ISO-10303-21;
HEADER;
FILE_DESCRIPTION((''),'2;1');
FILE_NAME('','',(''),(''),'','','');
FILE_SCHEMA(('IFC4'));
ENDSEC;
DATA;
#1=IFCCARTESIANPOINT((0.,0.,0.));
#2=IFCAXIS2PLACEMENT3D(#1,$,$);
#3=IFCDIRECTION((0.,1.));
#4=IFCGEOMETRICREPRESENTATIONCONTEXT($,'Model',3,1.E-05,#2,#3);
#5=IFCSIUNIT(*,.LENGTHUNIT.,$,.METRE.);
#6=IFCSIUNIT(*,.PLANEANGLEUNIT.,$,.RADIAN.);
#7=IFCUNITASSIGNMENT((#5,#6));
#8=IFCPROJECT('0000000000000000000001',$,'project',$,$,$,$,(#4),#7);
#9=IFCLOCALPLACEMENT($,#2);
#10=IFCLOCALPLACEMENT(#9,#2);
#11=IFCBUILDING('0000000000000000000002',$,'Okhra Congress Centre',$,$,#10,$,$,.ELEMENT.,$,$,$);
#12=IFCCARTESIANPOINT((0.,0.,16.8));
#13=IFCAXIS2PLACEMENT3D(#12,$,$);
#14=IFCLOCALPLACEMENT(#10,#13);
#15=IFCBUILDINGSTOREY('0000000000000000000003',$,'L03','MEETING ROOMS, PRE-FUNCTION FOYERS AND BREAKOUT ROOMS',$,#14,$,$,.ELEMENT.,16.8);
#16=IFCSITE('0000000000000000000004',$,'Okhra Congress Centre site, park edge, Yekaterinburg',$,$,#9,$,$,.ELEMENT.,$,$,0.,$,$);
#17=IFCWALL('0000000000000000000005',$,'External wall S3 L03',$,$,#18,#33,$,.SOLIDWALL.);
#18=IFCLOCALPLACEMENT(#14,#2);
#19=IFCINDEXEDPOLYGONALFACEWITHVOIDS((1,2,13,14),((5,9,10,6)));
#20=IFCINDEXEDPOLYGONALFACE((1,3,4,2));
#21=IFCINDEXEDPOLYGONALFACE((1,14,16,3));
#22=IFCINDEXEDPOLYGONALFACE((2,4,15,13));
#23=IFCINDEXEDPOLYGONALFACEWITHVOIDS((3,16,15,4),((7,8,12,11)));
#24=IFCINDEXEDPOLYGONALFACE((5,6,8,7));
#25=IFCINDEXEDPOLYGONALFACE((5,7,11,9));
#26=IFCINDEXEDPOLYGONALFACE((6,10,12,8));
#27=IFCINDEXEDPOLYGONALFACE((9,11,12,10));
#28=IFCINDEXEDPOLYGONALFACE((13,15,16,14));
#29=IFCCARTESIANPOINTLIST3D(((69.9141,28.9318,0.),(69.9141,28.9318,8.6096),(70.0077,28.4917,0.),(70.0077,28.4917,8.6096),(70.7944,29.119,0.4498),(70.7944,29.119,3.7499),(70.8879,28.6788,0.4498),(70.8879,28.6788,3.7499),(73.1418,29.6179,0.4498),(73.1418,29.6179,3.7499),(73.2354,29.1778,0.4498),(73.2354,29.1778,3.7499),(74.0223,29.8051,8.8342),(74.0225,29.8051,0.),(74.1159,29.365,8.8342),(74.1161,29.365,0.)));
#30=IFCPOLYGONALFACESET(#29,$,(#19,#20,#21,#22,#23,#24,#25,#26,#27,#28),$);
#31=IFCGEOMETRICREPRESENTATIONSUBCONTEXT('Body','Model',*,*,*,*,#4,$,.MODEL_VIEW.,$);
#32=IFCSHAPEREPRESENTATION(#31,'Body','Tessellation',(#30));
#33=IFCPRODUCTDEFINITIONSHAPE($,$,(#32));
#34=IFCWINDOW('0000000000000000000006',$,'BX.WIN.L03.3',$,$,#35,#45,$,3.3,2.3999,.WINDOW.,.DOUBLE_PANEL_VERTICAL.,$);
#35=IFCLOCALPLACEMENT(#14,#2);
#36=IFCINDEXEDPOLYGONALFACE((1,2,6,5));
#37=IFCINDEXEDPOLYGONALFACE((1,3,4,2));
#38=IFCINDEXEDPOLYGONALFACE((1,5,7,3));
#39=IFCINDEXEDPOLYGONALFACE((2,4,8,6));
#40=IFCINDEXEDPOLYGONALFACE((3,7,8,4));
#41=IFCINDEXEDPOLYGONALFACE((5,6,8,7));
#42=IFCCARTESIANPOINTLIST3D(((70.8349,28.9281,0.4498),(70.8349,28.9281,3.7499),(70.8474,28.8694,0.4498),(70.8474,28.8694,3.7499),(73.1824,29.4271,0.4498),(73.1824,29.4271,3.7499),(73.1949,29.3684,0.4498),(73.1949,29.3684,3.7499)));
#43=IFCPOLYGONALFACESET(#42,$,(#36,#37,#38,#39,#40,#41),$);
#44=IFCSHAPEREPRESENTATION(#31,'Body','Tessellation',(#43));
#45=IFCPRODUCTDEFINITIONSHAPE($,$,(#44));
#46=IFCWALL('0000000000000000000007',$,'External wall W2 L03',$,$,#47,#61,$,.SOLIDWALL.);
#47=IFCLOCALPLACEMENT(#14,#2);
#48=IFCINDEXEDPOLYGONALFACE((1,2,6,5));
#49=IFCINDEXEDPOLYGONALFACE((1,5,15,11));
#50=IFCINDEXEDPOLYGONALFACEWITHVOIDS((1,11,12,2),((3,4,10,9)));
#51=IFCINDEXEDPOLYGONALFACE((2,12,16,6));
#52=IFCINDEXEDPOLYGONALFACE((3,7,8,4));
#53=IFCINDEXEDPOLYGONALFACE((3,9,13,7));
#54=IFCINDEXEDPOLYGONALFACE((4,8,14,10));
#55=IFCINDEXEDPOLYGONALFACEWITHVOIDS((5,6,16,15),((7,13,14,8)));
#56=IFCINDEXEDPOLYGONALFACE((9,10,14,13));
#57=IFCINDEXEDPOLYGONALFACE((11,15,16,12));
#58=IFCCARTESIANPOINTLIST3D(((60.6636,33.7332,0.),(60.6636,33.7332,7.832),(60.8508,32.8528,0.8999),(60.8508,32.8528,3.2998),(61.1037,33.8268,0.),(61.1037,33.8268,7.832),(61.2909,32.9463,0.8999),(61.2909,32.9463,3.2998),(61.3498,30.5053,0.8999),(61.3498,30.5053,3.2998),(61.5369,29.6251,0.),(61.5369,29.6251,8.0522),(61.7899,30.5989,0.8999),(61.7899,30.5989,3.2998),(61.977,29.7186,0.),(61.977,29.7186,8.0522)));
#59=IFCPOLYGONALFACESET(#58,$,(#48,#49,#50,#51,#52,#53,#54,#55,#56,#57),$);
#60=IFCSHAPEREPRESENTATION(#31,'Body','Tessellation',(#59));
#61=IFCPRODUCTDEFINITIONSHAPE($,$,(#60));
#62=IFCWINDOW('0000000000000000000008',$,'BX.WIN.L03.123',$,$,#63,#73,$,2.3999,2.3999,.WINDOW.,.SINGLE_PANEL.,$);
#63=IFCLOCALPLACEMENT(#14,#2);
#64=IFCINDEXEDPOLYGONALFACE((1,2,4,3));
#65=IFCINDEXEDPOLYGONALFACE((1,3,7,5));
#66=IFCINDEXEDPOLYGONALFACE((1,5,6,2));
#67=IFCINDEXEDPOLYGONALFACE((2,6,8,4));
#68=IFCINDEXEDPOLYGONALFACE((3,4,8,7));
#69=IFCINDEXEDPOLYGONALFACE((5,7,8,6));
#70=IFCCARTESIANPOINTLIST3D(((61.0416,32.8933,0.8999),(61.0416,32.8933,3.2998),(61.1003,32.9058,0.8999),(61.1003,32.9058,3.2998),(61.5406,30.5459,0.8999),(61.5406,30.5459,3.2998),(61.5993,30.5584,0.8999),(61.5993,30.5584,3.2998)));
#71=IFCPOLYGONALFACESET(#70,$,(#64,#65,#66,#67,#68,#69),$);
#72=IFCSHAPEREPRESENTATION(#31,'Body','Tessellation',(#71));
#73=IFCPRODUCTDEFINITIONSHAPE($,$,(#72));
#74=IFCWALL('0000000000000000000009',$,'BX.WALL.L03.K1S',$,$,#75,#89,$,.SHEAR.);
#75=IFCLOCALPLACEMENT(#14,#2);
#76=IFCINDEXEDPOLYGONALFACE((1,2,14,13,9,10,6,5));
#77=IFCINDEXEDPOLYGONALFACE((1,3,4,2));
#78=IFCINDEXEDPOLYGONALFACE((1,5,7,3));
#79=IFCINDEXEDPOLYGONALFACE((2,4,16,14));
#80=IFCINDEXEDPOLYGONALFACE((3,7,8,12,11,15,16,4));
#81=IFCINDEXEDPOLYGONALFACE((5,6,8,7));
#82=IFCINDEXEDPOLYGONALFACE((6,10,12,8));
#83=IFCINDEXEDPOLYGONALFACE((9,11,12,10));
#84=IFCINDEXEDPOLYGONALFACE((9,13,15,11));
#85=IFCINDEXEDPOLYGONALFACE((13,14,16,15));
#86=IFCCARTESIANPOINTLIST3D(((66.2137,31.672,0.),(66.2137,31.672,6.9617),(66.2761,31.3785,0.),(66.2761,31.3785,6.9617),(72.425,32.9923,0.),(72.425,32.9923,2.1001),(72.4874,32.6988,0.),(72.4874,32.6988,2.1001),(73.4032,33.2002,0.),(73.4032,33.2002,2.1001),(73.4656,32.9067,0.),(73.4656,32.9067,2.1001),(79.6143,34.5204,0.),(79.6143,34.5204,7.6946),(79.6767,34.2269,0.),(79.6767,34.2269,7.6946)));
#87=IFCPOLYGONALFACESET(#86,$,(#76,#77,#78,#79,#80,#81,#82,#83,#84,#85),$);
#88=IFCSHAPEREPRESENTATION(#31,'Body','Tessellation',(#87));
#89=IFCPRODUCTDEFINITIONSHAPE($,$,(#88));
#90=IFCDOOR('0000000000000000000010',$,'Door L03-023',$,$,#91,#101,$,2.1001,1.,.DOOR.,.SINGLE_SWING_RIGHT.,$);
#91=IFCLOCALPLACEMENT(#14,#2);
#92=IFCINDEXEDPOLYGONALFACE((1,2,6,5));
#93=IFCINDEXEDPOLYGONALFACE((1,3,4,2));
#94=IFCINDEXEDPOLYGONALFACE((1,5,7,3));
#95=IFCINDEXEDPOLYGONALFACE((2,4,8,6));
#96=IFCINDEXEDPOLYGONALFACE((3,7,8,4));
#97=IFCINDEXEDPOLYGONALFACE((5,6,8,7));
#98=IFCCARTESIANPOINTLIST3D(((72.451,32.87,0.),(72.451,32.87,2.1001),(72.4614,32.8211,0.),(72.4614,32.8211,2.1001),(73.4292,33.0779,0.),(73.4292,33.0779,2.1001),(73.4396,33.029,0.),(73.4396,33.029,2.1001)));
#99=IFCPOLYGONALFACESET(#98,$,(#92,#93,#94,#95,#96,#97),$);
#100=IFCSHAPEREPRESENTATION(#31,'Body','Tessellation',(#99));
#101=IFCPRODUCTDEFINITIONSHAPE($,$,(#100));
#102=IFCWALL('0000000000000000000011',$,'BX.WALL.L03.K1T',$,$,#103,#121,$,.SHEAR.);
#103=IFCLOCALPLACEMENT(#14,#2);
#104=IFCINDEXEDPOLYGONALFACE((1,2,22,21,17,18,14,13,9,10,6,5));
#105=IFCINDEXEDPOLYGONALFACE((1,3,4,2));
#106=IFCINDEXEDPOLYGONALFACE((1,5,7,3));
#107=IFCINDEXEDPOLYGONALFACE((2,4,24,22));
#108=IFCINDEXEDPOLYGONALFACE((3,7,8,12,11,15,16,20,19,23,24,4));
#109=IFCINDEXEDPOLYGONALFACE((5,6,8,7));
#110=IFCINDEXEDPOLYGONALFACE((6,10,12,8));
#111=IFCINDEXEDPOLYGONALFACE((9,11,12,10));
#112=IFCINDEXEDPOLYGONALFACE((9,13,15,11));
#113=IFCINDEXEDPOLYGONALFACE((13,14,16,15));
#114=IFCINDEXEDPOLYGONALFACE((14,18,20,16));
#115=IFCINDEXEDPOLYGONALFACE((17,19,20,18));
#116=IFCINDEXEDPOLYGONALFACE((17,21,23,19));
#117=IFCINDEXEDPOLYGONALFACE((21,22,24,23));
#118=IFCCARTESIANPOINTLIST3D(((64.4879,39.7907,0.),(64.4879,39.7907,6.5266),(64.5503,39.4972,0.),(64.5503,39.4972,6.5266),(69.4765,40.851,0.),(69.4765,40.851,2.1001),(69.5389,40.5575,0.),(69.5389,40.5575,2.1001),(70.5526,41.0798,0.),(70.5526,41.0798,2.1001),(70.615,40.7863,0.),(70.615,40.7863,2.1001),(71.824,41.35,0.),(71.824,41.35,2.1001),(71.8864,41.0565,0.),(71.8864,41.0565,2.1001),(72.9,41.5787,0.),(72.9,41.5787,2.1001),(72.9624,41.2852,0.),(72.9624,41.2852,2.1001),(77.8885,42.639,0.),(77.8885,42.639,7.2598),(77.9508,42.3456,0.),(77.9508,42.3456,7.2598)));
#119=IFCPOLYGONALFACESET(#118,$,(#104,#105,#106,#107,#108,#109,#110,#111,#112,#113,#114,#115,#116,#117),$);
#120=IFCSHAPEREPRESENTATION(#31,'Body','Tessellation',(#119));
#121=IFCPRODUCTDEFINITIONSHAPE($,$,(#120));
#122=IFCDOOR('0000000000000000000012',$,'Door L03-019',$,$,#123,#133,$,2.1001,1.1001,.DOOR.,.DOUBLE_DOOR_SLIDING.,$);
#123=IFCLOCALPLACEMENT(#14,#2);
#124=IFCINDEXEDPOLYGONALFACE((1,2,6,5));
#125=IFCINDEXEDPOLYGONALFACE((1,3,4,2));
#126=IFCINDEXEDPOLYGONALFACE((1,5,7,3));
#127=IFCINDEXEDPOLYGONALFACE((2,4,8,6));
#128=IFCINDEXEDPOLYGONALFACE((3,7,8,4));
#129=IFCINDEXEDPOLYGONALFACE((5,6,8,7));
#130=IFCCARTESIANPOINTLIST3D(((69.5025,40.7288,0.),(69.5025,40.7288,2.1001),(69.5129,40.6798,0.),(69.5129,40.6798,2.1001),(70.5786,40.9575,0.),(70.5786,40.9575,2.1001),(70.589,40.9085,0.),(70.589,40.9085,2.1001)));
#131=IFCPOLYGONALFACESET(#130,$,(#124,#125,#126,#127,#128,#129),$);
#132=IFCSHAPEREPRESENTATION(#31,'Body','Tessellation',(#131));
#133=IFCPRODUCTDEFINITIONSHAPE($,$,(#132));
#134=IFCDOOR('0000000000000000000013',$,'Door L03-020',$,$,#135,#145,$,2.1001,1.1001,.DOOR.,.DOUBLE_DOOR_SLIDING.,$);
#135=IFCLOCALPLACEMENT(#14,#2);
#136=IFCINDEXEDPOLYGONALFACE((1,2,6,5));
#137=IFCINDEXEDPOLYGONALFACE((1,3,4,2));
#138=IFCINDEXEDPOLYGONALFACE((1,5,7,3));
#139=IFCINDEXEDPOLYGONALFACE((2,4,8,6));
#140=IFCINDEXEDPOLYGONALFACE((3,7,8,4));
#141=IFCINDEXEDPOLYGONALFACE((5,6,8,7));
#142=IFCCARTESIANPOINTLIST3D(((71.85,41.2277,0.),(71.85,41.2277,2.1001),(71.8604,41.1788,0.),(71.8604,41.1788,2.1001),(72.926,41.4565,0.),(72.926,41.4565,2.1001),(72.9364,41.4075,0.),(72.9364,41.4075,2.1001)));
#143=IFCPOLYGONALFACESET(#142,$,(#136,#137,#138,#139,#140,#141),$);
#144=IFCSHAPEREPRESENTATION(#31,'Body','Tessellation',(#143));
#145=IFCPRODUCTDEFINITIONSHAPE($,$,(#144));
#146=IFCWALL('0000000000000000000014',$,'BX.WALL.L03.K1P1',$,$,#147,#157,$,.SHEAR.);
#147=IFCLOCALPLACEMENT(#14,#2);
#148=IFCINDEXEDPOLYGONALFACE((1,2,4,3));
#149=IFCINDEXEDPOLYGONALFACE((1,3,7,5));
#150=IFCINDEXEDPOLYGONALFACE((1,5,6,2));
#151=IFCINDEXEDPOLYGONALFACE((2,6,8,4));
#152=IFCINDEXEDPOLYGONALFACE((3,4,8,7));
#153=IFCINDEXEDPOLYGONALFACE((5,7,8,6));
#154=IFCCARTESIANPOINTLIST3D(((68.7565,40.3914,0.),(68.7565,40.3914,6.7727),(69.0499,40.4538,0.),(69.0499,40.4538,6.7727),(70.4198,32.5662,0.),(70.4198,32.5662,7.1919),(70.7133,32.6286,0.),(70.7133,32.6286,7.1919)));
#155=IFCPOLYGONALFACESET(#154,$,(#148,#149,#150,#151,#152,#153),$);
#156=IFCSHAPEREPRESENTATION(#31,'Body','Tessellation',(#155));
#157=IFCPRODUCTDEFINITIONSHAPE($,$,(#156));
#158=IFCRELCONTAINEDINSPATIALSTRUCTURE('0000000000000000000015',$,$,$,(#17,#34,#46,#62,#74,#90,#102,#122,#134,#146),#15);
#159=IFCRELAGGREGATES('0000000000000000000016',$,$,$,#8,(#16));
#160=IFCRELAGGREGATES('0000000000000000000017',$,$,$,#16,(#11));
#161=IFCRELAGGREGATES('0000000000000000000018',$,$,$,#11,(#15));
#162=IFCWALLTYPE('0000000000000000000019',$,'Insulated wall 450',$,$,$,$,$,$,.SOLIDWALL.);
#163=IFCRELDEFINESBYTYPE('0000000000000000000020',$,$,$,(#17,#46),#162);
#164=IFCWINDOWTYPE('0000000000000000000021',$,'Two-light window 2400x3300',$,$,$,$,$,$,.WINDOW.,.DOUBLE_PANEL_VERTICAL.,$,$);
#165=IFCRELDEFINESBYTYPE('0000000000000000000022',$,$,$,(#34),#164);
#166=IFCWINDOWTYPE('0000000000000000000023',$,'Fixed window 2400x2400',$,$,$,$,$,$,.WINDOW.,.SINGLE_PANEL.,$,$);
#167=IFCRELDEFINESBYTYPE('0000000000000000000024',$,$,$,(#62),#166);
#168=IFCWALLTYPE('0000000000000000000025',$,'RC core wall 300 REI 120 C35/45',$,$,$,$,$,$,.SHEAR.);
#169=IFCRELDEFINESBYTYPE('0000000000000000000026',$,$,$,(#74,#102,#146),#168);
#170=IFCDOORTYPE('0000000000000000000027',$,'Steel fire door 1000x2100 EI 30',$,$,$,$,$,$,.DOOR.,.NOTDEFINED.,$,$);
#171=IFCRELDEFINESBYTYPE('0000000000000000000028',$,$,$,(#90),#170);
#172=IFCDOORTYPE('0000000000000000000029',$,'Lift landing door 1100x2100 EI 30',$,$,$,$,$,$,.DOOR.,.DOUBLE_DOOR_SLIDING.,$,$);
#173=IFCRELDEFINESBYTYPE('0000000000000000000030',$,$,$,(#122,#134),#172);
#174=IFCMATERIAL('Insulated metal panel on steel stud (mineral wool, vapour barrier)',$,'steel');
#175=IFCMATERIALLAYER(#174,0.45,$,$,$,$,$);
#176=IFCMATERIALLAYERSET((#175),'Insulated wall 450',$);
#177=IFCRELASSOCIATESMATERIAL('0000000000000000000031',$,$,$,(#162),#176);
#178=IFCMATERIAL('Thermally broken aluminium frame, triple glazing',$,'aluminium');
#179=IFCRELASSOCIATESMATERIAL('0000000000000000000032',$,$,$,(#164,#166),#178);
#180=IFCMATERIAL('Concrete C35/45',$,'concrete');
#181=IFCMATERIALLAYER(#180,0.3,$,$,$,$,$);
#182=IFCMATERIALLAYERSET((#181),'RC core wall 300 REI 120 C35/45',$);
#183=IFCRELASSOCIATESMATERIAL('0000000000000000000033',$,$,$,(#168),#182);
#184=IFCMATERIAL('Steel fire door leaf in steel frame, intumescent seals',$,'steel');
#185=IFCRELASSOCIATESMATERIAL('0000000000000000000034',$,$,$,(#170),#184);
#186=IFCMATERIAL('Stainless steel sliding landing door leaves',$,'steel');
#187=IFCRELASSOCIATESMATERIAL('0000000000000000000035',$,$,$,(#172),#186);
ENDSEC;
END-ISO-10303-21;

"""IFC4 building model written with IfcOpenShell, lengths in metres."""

from ifc_helpers import new_model, si_unit, direction, frame, frame_2d, origin, place, context, subcontext, project, spatial, polyline, rectangle, outline, extrude, material, layer, layer_set, type_object, element, fill, save


model = new_model("IFC4")

# Units and contexts
model_context = context("Model", 3, precision=1e-05, world=origin(), true_north=direction((0.0, 1.0)))
body_context = subcontext(model_context, "Body", "Model", "MODEL_VIEW")
ifc_project = project(units=[si_unit("LENGTHUNIT", "METRE"), si_unit("PLANEANGLEUNIT", "RADIAN")], contexts=[model_context])

# Site, building, storey
site_placement = place(None, origin())
site = spatial("IfcSite", under=ifc_project, at=site_placement, Name="Okhra Congress Centre site, park edge, Yekaterinburg", CompositionType="ELEMENT", RefElevation=0.0)
building_placement = place(site_placement, origin())
building = spatial("IfcBuilding", under=site, at=building_placement, Name="Okhra Congress Centre", CompositionType="ELEMENT")
storey_placement = place(building_placement, frame((0.0, 0.0, 16.8)))
storey = spatial("IfcBuildingStorey", under=building, at=storey_placement, Name="L03", Description="MEETING ROOMS, PRE-FUNCTION FOYERS AND BREAKOUT ROOMS", CompositionType="ELEMENT", Elevation=16.8)

# Walls, openings, windows
ifc_material_1 = material(Name="Insulated metal panel on steel stud (mineral wool, vapour barrier)", Category="steel")
ifc_layer_1 = layer(ifc_material_1, 0.45)
ifc_layer_set_1 = layer_set([ifc_layer_1], Name="Insulated wall 450")
wall_type_1 = type_object("IfcWallType", Name="Insulated wall 450", PredefinedType="SOLIDWALL", material=ifc_layer_set_1)
wall_1_placement = place(storey_placement, frame((69.9609, 28.7117, 0.0), z_axis=(0.0, 0.0, 1.0), x_axis=(0.978146, 0.207917, 0.0)))
wall_1 = element("IfcWall", 1, at=wall_1_placement, inside=storey, type_object=wall_type_1, Name="External wall S3 L03", PredefinedType="SOLIDWALL", context=body_context, shape_type="SweptSolid", body=[
    extrude(outline(polyline([(0.0, 0.0), (4.2002, 0.0), (4.2, 8.8342), (0.0, 8.6096), (0.0, 0.0)])), frame((0.0, 0.2251, 0.0), z_axis=(0.0, -1.0, 0.0), x_axis=(1.0, 0.0, 0.0)), (0.0, 0.0, 1.0), 0.45),
])
opening_1_placement = place(wall_1_placement, frame((0.8999, 0.0, 0.45)))
opening_1 = element("IfcOpeningElement", 2, at=opening_1_placement, cuts=wall_1, PredefinedType="OPENING", context=body_context, shape_type="SweptSolid", body=[
    extrude(rectangle(XDim=2.3999, YDim=3.3, at=frame_2d((1.2, 1.6499))), frame((0.0, 0.2349, 0.0), z_axis=(0.0, -1.0, 0.0), x_axis=(1.0, 0.0, 0.0)), (0.0, 0.0, 1.0), 0.47),
])
ifc_material_2 = material(Name="Thermally broken aluminium frame, triple glazing", Category="aluminium")
window_type_1 = type_object("IfcWindowType", Name="Two-light window 2400x3300", PartitioningType="DOUBLE_PANEL_VERTICAL", PredefinedType="WINDOW", material=ifc_material_2)
window_1_placement = place(opening_1_placement, origin())
window_1 = element("IfcWindow", 3, at=window_1_placement, inside=storey, type_object=window_type_1, Name="BX.WIN.L03.3", OverallHeight=3.3, OverallWidth=2.3999, PartitioningType="DOUBLE_PANEL_VERTICAL", PredefinedType="WINDOW", context=body_context, shape_type="SweptSolid", body=[
    extrude(rectangle(XDim=2.3999, YDim=3.3, at=frame_2d((1.2, 1.6499))), frame((0.0, 0.03, 0.0), z_axis=(0.0, -1.0, 0.0), x_axis=(1.0, 0.0, 0.0)), (0.0, 0.0, 1.0), 0.0601),
])
fill(opening_1, window_1)
wall_2_placement = place(storey_placement, frame((61.7571, 29.6719, 0.0), z_axis=(0.0, 0.0, 1.0), x_axis=(-0.207929, 0.978144, 0.0)))
wall_2 = element("IfcWall", 4, at=wall_2_placement, inside=storey, type_object=wall_type_1, Name="External wall W2 L03", PredefinedType="SOLIDWALL", context=body_context, shape_type="SweptSolid", body=[
    extrude(outline(polyline([(0.0, 0.0), (4.2, 0.0), (4.2, 7.832), (0.0, 8.0522), (0.0, 0.0)])), frame((0.0, 0.2251, 0.0), z_axis=(0.0, -1.0, 0.0), x_axis=(1.0, 0.0, 0.0)), (0.0, 0.0, 1.0), 0.45),
])
opening_2_placement = place(wall_2_placement, frame((0.8999, 0.0, 0.8999)))
opening_2 = element("IfcOpeningElement", 5, at=opening_2_placement, cuts=wall_2, PredefinedType="OPENING", context=body_context, shape_type="SweptSolid", body=[
    extrude(rectangle(XDim=2.3999, YDim=2.3999, at=frame_2d((1.2, 1.2))), frame((0.0, 0.2349, 0.0), z_axis=(0.0, -1.0, 0.0), x_axis=(1.0, 0.0, 0.0)), (0.0, 0.0, 1.0), 0.47),
])
window_type_2 = type_object("IfcWindowType", Name="Fixed window 2400x2400", PartitioningType="SINGLE_PANEL", PredefinedType="WINDOW", material=ifc_material_2)
window_2_placement = place(opening_2_placement, origin())
window_2 = element("IfcWindow", 6, at=window_2_placement, inside=storey, type_object=window_type_2, Name="BX.WIN.L03.123", OverallHeight=2.3999, OverallWidth=2.3999, PartitioningType="SINGLE_PANEL", PredefinedType="WINDOW", context=body_context, shape_type="SweptSolid", body=[
    extrude(rectangle(XDim=2.3999, YDim=2.3999, at=frame_2d((1.2, 1.2))), frame((0.0, 0.03, 0.0), z_axis=(0.0, -1.0, 0.0), x_axis=(1.0, 0.0, 0.0)), (0.0, 0.0, 1.0), 0.0601),
])
fill(opening_2, window_2)

# Wall, opening, door
ifc_material_3 = material(Name="Concrete C35/45", Category="concrete")
ifc_layer_2 = layer(ifc_material_3, 0.3)
ifc_layer_set_2 = layer_set([ifc_layer_2], Name="RC core wall 300 REI 120 C35/45")
wall_type_2 = type_object("IfcWallType", Name="RC core wall 300 REI 120 C35/45", PredefinedType="SHEAR", material=ifc_layer_set_2)
wall_3_placement = place(storey_placement, frame((66.2449, 31.5254, 0.0), z_axis=(0.0, 0.0, 1.0), x_axis=(0.978148, 0.207911, 0.0)))
wall_3 = element("IfcWall", 7, at=wall_3_placement, inside=storey, type_object=wall_type_2, Name="BX.WALL.L03.K1S", PredefinedType="SHEAR", context=body_context, shape_type="SweptSolid", body=[
    extrude(outline(polyline([(0.0, 0.0), (13.7, 0.0), (13.7, 7.6946), (0.0, 6.9617), (0.0, 0.0)])), frame((0.0, 0.1499, 0.0), z_axis=(0.0, -1.0, 0.0), x_axis=(1.0, 0.0, 0.0)), (0.0, 0.0, 1.0), 0.3),
])
opening_3_placement = place(wall_3_placement, frame((6.3501, 0.0, 0.0)))
opening_3 = element("IfcOpeningElement", 8, at=opening_3_placement, cuts=wall_3, PredefinedType="OPENING", context=body_context, shape_type="SweptSolid", body=[
    extrude(rectangle(XDim=1.0, YDim=2.1001, at=frame_2d((0.5, 1.05))), frame((0.0, 0.1599, 0.0), z_axis=(0.0, -1.0, 0.0), x_axis=(1.0, 0.0, 0.0)), (0.0, 0.0, 1.0), 0.3201),
])
ifc_material_4 = material(Name="Steel fire door leaf in steel frame, intumescent seals", Category="steel")
door_type_1 = type_object("IfcDoorType", Name="Steel fire door 1000x2100 EI 30", OperationType="NOTDEFINED", PredefinedType="DOOR", material=ifc_material_4)
door_1_placement = place(opening_3_placement, origin())
door_1 = element("IfcDoor", 9, at=door_1_placement, inside=storey, type_object=door_type_1, Name="Door L03-023", OperationType="SINGLE_SWING_RIGHT", OverallHeight=2.1001, OverallWidth=1.0, PredefinedType="DOOR", context=body_context, shape_type="SweptSolid", body=[
    extrude(rectangle(XDim=1.0, YDim=2.1001, at=frame_2d((0.5, 1.05))), frame((0.0, 0.0249, 0.0), z_axis=(0.0, -1.0, 0.0), x_axis=(1.0, 0.0, 0.0)), (0.0, 0.0, 1.0), 0.05),
])
fill(opening_3, door_1)

# Wall, openings, doors
wall_4_placement = place(storey_placement, frame((64.519, 39.644, 0.0), z_axis=(0.0, 0.0, 1.0), x_axis=(0.978148, 0.207911, 0.0)))
wall_4 = element("IfcWall", 10, at=wall_4_placement, inside=storey, type_object=wall_type_2, Name="BX.WALL.L03.K1T", PredefinedType="SHEAR", context=body_context, shape_type="SweptSolid", body=[
    extrude(outline(polyline([(0.0, 0.0), (13.7, 0.0), (13.7, 7.2598), (0.0, 6.5266), (0.0, 0.0)])), frame((0.0, 0.1499, 0.0), z_axis=(0.0, -1.0, 0.0), x_axis=(1.0, 0.0, 0.0)), (0.0, 0.0, 1.0), 0.3),
])
opening_4_placement = place(wall_4_placement, frame((5.1001, 0.0, 0.0)))
opening_4 = element("IfcOpeningElement", 11, at=opening_4_placement, cuts=wall_4, PredefinedType="OPENING", context=body_context, shape_type="SweptSolid", body=[
    extrude(rectangle(XDim=1.1001, YDim=2.1001, at=frame_2d((0.55, 1.05))), frame((0.0, 0.1599, 0.0), z_axis=(0.0, -1.0, 0.0), x_axis=(1.0, 0.0, 0.0)), (0.0, 0.0, 1.0), 0.3201),
])
opening_5_placement = place(wall_4_placement, frame((7.5, 0.0, 0.0)))
opening_5 = element("IfcOpeningElement", 12, at=opening_5_placement, cuts=wall_4, PredefinedType="OPENING", context=body_context, shape_type="SweptSolid", body=[
    extrude(rectangle(XDim=1.1001, YDim=2.1001, at=frame_2d((0.55, 1.05))), frame((0.0, 0.1599, 0.0), z_axis=(0.0, -1.0, 0.0), x_axis=(1.0, 0.0, 0.0)), (0.0, 0.0, 1.0), 0.3201),
])
ifc_material_5 = material(Name="Stainless steel sliding landing door leaves", Category="steel")
door_type_2 = type_object("IfcDoorType", Name="Lift landing door 1100x2100 EI 30", OperationType="DOUBLE_DOOR_SLIDING", PredefinedType="DOOR", material=ifc_material_5)
door_2_placement = place(opening_4_placement, origin())
door_2 = element("IfcDoor", 13, at=door_2_placement, inside=storey, type_object=door_type_2, Name="Door L03-019", OperationType="DOUBLE_DOOR_SLIDING", OverallHeight=2.1001, OverallWidth=1.1001, PredefinedType="DOOR", context=body_context, shape_type="SweptSolid", body=[
    extrude(rectangle(XDim=1.1001, YDim=2.1001, at=frame_2d((0.55, 1.05))), frame((0.0, 0.0249, 0.0), z_axis=(0.0, -1.0, 0.0), x_axis=(1.0, 0.0, 0.0)), (0.0, 0.0, 1.0), 0.05),
])
fill(opening_4, door_2)
door_3_placement = place(opening_5_placement, origin())
door_3 = element("IfcDoor", 14, at=door_3_placement, inside=storey, type_object=door_type_2, Name="Door L03-020", OperationType="DOUBLE_DOOR_SLIDING", OverallHeight=2.1001, OverallWidth=1.1001, PredefinedType="DOOR", context=body_context, shape_type="SweptSolid", body=[
    extrude(rectangle(XDim=1.1001, YDim=2.1001, at=frame_2d((0.55, 1.05))), frame((0.0, 0.0249, 0.0), z_axis=(0.0, -1.0, 0.0), x_axis=(1.0, 0.0, 0.0)), (0.0, 0.0, 1.0), 0.05),
])
fill(opening_5, door_3)

# Wall
wall_5_placement = place(storey_placement, frame((70.5664, 32.5974, 0.0), z_axis=(0.0, 0.0, 1.0), x_axis=(-0.207916, 0.978147, 0.0)))
element("IfcWall", 15, at=wall_5_placement, inside=storey, type_object=wall_type_2, Name="BX.WALL.L03.K1P1", PredefinedType="SHEAR", context=body_context, shape_type="SweptSolid", body=[
    extrude(outline(polyline([(0.0, 0.0), (8.0, 0.0), (8.0, 6.7727), (0.0, 7.1919), (0.0, 0.0)])), frame((0.0, 0.1499, 0.0), z_axis=(0.0, -1.0, 0.0), x_axis=(1.0, 0.0, 0.0)), (0.0, 0.0, 1.0), 0.3),
])

save(model, "model.ifc")
